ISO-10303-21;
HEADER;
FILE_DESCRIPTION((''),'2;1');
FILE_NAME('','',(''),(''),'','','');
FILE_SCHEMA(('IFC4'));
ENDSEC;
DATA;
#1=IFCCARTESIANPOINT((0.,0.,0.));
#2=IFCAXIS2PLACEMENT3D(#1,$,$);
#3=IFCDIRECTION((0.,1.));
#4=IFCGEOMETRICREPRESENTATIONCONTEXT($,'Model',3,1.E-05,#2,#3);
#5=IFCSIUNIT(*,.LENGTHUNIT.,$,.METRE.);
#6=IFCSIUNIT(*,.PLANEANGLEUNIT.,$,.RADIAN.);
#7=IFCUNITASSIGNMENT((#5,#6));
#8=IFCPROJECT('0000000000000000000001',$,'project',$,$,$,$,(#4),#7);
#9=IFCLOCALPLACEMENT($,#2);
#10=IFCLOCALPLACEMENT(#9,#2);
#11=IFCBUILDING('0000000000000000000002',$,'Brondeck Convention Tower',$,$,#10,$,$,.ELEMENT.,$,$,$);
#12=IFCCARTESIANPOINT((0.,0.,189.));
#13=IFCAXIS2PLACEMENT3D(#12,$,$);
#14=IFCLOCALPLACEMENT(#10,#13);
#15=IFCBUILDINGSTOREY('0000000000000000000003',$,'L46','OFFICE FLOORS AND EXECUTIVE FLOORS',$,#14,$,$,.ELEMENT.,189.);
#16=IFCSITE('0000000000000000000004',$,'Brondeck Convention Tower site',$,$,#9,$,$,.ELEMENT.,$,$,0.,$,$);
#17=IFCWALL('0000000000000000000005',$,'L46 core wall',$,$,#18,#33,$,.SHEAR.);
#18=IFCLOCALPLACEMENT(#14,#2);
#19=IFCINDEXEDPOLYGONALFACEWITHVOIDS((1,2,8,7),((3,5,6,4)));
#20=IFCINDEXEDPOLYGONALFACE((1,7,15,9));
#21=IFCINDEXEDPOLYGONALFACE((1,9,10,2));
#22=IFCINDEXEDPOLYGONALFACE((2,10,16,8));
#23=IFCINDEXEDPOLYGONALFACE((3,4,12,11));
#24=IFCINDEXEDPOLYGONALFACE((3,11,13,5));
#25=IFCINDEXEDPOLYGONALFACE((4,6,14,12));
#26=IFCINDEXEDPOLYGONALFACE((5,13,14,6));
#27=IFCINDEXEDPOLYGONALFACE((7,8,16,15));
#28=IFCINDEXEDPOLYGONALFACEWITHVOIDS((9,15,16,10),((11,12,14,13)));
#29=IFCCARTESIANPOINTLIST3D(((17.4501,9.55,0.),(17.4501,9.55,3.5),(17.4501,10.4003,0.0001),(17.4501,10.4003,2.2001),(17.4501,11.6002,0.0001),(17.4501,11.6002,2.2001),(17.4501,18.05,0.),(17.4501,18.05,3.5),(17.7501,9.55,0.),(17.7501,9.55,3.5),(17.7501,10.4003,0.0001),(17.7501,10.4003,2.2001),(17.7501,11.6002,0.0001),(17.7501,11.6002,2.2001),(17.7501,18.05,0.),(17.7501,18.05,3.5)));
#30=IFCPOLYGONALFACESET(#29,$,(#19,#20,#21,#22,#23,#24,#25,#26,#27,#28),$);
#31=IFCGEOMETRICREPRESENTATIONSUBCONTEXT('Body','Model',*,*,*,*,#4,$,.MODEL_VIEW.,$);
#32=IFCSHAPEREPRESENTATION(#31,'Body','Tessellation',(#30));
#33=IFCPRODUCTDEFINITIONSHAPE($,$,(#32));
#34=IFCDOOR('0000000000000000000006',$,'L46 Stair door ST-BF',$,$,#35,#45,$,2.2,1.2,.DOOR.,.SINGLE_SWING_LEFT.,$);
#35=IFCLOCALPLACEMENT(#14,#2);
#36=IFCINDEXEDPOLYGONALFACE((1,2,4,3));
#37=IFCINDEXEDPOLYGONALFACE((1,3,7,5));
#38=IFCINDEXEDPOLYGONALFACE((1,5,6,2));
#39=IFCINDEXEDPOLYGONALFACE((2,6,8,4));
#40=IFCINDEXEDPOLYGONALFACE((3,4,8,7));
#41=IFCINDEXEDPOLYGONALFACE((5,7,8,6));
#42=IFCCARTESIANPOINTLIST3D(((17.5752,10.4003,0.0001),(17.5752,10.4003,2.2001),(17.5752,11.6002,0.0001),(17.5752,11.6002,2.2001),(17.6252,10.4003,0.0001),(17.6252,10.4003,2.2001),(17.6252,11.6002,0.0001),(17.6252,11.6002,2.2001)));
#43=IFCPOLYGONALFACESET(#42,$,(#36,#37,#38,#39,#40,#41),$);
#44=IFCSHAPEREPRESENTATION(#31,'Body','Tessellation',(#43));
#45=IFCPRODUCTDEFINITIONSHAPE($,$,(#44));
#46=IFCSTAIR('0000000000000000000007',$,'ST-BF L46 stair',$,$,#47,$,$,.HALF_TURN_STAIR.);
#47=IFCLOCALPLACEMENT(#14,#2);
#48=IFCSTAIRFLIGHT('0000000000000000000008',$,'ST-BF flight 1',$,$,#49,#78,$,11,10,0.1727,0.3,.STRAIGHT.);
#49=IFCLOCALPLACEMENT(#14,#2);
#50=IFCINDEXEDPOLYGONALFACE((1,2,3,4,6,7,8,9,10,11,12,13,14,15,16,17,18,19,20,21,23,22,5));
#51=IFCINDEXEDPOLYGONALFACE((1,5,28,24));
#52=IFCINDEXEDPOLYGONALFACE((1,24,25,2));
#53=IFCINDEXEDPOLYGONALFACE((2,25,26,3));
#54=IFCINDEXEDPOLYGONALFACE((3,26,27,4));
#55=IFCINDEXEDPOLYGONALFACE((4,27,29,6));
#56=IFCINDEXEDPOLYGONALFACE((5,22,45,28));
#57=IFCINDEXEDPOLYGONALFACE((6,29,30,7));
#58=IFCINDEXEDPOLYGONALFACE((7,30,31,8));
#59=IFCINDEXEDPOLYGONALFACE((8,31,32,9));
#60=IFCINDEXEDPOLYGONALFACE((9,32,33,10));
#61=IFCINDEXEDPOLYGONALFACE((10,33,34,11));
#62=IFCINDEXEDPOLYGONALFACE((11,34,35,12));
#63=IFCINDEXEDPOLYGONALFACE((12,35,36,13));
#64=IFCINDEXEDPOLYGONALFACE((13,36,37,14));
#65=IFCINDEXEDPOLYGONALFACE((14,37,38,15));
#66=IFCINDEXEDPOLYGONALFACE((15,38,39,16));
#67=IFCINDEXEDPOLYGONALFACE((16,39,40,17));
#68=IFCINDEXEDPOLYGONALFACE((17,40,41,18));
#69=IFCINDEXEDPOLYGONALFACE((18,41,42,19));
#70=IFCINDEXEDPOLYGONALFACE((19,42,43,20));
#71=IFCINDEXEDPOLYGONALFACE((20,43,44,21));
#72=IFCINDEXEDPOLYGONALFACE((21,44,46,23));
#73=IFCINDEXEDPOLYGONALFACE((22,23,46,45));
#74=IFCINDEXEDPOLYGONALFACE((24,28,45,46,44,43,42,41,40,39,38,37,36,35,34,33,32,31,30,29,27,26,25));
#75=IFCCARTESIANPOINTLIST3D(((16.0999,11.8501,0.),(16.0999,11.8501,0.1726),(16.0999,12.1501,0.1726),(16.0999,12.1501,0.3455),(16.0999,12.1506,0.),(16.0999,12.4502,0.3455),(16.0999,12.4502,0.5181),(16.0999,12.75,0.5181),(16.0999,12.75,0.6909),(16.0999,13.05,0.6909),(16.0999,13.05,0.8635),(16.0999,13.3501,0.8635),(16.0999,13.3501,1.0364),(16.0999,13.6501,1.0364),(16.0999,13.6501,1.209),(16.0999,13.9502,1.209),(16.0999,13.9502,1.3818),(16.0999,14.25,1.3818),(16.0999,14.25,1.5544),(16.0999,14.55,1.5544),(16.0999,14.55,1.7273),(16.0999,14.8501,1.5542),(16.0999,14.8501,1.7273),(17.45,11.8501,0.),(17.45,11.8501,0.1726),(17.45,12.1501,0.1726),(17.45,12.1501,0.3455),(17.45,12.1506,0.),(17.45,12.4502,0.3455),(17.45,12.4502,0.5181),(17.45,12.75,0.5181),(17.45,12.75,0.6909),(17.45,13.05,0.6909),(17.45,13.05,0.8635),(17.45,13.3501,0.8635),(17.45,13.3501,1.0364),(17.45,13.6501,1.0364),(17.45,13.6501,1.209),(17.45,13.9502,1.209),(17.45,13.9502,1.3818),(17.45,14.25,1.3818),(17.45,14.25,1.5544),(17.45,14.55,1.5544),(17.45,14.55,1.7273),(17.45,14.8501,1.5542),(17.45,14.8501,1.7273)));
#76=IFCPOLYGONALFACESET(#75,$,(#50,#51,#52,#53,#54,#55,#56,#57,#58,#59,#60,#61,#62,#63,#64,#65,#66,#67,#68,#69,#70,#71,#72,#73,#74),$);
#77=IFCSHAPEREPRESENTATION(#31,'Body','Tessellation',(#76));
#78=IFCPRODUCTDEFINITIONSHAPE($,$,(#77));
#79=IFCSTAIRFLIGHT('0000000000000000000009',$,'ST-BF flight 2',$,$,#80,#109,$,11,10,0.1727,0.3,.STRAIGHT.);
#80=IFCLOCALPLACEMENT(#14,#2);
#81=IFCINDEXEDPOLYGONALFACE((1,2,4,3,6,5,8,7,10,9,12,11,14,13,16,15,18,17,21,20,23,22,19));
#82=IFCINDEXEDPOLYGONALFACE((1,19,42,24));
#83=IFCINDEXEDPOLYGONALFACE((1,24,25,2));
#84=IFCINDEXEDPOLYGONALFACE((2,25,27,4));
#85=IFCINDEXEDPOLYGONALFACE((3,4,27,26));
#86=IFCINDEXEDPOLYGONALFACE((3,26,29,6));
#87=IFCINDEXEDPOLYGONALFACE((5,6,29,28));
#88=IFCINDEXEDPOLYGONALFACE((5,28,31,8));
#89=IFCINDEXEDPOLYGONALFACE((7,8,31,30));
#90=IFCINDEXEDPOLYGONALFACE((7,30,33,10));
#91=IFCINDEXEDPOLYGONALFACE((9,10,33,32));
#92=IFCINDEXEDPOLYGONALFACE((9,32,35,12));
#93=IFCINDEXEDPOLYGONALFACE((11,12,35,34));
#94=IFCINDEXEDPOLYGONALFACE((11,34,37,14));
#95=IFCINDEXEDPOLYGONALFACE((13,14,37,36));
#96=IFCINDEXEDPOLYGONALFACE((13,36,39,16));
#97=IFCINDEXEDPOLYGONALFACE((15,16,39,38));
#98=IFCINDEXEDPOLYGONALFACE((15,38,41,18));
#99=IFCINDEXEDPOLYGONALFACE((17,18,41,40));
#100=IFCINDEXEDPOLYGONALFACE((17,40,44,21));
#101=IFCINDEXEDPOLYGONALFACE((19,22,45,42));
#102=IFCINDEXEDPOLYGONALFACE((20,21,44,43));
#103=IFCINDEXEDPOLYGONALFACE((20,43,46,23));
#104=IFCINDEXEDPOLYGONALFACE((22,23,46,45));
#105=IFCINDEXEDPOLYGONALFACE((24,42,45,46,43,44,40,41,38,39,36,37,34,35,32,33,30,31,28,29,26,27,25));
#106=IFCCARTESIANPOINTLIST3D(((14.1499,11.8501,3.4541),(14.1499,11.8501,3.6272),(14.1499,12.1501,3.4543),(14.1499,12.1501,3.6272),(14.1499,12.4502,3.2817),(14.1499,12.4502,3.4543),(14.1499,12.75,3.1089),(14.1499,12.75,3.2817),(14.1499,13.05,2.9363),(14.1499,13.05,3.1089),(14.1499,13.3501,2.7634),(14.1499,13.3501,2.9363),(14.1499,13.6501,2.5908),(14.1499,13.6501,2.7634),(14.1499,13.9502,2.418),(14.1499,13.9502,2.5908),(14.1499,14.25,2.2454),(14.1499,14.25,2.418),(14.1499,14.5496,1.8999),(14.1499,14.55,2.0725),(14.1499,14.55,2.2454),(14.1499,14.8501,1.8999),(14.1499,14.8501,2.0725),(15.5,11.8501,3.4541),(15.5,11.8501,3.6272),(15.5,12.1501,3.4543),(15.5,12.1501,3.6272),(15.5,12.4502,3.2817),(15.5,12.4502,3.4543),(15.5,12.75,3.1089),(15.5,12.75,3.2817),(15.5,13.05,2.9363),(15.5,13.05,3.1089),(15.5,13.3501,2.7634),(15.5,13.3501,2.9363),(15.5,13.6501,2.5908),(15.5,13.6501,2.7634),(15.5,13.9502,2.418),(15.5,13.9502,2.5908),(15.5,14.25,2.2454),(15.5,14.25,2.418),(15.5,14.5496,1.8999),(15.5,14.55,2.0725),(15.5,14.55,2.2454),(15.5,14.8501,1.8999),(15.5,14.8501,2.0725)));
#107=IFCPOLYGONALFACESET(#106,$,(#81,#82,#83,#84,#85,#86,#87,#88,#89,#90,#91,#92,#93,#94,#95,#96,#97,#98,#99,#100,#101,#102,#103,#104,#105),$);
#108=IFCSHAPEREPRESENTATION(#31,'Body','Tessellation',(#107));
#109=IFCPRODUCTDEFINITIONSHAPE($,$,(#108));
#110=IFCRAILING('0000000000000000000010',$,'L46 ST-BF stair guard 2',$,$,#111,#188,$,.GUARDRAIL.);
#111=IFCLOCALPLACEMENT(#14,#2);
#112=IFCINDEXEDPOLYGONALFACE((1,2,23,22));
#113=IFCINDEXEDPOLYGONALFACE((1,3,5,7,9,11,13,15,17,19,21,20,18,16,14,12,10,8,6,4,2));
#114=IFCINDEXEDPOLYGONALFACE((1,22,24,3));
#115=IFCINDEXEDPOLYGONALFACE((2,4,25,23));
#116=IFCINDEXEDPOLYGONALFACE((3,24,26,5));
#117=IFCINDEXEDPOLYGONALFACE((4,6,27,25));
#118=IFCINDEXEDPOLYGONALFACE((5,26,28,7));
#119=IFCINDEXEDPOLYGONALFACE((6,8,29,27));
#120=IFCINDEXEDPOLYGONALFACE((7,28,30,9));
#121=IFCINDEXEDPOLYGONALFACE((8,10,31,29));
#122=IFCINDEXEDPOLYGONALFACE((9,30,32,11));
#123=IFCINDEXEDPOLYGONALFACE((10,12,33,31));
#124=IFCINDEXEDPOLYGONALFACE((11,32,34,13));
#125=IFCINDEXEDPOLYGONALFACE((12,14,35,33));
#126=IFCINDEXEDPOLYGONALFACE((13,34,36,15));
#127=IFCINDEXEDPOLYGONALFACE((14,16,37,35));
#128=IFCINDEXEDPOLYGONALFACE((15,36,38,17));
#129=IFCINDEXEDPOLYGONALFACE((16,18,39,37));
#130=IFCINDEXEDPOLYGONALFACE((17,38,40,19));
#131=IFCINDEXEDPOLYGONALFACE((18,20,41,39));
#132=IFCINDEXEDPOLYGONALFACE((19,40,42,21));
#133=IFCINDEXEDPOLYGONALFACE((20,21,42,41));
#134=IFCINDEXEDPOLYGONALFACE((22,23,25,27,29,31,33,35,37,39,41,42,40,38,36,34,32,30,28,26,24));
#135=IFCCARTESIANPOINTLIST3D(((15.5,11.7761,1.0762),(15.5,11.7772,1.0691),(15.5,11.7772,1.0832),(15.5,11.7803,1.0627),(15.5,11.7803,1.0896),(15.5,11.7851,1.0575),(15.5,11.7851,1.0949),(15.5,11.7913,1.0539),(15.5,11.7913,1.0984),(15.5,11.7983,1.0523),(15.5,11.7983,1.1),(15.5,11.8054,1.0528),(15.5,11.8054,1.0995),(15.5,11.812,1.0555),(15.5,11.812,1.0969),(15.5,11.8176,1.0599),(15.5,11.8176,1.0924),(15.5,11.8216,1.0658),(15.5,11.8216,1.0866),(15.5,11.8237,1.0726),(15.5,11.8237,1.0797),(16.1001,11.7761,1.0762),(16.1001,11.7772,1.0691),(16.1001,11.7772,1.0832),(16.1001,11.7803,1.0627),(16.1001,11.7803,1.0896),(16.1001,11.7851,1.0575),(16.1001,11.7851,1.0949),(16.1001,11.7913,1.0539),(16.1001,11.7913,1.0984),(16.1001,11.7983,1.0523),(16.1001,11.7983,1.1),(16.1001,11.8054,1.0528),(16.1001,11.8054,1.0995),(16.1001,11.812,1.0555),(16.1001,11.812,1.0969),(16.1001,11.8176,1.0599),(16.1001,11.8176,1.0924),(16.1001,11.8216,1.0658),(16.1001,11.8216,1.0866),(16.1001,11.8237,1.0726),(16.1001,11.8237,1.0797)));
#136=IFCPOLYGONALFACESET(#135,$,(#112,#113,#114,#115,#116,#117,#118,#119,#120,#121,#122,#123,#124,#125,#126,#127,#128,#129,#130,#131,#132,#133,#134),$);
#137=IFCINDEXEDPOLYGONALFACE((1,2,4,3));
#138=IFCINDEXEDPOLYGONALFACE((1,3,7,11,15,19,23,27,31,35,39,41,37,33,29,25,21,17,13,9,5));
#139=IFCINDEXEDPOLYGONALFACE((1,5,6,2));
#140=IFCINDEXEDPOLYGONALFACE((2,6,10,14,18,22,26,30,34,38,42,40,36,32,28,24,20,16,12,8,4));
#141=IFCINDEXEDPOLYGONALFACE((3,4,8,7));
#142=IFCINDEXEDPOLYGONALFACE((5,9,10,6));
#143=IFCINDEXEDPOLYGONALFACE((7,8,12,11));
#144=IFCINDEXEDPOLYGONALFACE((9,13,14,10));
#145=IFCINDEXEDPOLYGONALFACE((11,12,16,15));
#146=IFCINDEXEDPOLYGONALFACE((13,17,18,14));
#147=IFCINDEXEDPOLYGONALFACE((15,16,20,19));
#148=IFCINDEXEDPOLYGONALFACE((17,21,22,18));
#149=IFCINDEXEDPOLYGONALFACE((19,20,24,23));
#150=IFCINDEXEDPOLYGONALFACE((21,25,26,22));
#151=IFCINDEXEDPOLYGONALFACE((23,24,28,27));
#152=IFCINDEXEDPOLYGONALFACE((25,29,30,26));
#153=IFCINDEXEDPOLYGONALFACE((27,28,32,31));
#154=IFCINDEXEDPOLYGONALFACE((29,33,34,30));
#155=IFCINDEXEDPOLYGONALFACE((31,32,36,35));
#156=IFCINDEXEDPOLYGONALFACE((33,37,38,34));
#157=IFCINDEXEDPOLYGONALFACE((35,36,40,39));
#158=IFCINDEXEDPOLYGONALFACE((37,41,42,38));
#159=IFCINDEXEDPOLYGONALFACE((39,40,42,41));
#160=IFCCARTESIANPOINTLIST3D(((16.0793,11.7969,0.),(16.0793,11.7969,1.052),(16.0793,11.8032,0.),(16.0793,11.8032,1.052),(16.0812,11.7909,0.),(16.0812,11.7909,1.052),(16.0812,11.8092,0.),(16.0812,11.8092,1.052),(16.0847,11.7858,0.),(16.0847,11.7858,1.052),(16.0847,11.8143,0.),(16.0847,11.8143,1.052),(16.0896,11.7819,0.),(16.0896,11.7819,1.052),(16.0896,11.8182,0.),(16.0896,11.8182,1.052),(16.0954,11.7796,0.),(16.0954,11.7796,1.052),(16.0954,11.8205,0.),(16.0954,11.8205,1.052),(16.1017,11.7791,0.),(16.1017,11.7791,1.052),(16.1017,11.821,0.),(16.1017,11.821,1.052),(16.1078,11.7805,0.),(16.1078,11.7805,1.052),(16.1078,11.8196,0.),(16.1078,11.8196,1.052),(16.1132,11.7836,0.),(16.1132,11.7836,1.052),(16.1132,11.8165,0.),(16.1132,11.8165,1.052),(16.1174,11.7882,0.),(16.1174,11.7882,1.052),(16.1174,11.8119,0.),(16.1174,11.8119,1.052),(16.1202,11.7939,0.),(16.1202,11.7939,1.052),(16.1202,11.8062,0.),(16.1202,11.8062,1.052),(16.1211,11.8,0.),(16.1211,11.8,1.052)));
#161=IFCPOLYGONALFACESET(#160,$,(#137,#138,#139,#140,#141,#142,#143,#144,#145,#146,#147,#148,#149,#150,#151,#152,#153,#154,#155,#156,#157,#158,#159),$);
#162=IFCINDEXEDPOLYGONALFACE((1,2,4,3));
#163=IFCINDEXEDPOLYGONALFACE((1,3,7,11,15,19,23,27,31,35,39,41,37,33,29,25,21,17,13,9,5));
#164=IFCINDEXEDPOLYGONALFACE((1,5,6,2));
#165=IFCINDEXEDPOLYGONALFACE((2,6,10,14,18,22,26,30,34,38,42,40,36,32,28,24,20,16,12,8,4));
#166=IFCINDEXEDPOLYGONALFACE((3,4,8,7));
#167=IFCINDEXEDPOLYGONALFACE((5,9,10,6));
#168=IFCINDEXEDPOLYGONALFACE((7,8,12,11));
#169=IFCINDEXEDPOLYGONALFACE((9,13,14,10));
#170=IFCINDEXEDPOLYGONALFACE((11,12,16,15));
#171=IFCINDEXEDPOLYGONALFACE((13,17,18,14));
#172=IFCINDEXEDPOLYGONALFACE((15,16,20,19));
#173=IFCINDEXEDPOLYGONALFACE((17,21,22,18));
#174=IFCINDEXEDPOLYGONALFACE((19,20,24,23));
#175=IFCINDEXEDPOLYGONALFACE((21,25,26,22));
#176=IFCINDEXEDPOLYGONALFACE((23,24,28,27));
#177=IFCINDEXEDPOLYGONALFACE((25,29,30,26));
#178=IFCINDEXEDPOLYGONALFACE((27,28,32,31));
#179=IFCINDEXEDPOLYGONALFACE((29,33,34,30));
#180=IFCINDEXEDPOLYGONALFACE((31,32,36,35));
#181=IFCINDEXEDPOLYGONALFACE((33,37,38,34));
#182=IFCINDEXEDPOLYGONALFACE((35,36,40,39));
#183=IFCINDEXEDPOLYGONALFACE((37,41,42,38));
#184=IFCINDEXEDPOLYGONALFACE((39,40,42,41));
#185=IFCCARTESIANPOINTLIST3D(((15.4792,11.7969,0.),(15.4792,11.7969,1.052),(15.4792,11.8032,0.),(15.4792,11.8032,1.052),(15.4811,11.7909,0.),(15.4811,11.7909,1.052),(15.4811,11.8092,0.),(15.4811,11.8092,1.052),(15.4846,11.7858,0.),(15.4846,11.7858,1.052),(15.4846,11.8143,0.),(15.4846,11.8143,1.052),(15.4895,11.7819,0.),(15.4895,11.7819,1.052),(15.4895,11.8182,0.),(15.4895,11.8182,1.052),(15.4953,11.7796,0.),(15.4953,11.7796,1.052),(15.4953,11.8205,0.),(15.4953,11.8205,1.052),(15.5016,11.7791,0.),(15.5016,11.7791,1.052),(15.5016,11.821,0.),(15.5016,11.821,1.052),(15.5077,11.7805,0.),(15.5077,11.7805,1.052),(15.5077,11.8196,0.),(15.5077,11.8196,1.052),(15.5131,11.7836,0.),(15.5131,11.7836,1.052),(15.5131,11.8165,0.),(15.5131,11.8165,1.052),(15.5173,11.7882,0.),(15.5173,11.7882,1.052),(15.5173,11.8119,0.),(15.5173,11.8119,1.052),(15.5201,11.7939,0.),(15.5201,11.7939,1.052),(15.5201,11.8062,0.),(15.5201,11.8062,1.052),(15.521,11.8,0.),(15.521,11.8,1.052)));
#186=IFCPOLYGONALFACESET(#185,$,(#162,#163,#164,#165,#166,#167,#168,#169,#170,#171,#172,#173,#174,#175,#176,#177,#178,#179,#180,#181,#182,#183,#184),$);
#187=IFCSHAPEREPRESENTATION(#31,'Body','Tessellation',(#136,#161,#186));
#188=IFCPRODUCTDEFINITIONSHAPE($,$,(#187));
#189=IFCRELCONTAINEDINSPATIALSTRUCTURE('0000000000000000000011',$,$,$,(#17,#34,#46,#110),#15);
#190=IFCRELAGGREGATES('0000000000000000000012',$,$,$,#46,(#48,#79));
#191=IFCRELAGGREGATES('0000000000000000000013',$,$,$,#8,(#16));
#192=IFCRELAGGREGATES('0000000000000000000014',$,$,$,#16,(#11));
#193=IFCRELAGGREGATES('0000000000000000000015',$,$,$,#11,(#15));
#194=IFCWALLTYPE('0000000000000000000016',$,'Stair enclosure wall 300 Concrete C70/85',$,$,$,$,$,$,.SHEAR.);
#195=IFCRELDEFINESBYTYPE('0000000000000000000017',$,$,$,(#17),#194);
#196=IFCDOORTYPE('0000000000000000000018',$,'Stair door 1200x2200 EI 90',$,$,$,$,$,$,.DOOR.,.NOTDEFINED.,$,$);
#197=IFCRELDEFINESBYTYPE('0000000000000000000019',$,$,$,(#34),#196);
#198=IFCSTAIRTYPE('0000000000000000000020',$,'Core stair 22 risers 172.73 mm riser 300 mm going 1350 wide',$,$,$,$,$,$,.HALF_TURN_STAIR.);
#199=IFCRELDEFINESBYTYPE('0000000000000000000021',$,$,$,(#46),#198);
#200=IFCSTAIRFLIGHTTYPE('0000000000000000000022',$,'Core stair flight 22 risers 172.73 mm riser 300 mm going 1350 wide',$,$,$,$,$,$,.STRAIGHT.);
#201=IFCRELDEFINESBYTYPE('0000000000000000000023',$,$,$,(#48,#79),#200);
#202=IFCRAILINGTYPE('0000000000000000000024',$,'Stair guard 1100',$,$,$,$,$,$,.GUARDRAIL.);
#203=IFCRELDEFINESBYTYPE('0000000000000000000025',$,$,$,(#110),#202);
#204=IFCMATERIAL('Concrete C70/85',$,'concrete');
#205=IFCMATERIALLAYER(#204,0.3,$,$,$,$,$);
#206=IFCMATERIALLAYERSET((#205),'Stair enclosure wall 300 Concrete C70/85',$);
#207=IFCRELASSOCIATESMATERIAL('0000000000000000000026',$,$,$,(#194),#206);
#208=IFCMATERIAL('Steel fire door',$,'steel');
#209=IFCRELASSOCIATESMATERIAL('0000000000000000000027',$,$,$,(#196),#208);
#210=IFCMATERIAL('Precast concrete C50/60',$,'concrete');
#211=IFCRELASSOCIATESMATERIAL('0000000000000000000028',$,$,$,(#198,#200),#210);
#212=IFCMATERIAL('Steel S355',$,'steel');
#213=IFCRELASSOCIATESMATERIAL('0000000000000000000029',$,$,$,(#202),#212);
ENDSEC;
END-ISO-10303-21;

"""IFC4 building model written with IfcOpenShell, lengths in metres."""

from ifc_helpers import new_model, si_unit, direction, frame, frame_2d, origin, origin_2d, place, context, subcontext, project, spatial, polyline, rectangle, circle, outline, extrude, material, layer, layer_set, type_object, element, fill, aggregate, save


model = new_model("IFC4")

# Units and contexts
model_context = context("Model", 3, precision=1e-05, world=origin(), true_north=direction((0.0, 1.0)))
body_context = subcontext(model_context, "Body", "Model", "MODEL_VIEW")
ifc_project = project(units=[si_unit("LENGTHUNIT", "METRE"), si_unit("PLANEANGLEUNIT", "RADIAN")], contexts=[model_context])

# Site, building, storey
site_placement = place(None, origin())
site = spatial("IfcSite", under=ifc_project, at=site_placement, Name="Brondeck Convention Tower site", CompositionType="ELEMENT", RefElevation=0.0)
building_placement = place(site_placement, origin())
building = spatial("IfcBuilding", under=site, at=building_placement, Name="Brondeck Convention Tower", CompositionType="ELEMENT")
storey_placement = place(building_placement, frame((0.0, 0.0, 189.0)))
storey = spatial("IfcBuildingStorey", under=building, at=storey_placement, Name="L46", Description="OFFICE FLOORS AND EXECUTIVE FLOORS", CompositionType="ELEMENT", Elevation=189.0)

# Shared definitions
ifc_material_1 = material(Name="Concrete C70/85", Category="concrete")

# Shared definitions
ifc_material_2 = material(Name="Steel S355", Category="steel")

# Shared definitions
ifc_layer_1 = layer(ifc_material_1, 0.3)
ifc_layer_set_1 = layer_set([ifc_layer_1], Name="Stair enclosure wall 300 Concrete C70/85")
wall_type_1 = type_object("IfcWallType", Name="Stair enclosure wall 300 Concrete C70/85", PredefinedType="SHEAR", material=ifc_layer_set_1)

# Wall, opening, door
wall_1_placement = place(storey_placement, frame((17.6001, 9.55, 0.0), z_axis=(0.0, 0.0, 1.0), x_axis=(0.0, 1.0, 0.0)))
wall_1 = element("IfcWall", 1, at=wall_1_placement, inside=storey, type_object=wall_type_1, Name="L46 core wall", PredefinedType="SHEAR", context=body_context, shape_type="SweptSolid", body=[
    extrude(rectangle(XDim=8.5, YDim=0.3, at=frame_2d((4.25, 0.0))), origin(), (0.0, 0.0, 1.0), 3.5),
])
opening_1_placement = place(wall_1_placement, frame((0.8501, 0.0, 0.0)))
opening_1 = element("IfcOpeningElement", 2, at=opening_1_placement, cuts=wall_1, PredefinedType="OPENING", context=body_context, shape_type="SweptSolid", body=[
    extrude(rectangle(XDim=1.2, YDim=2.2, at=frame_2d((0.6001, 1.1001))), frame((0.0, 0.1599, 0.0), z_axis=(0.0, -1.0, 0.0), x_axis=(1.0, 0.0, 0.0)), (0.0, 0.0, 1.0), 0.3201),
])
ifc_material_3 = material(Name="Steel fire door", Category="steel")
door_type_1 = type_object("IfcDoorType", Name="Stair door 1200x2200 EI 90", OperationType="NOTDEFINED", PredefinedType="DOOR", material=ifc_material_3)
door_1_placement = place(opening_1_placement, origin())
door_1 = element("IfcDoor", 3, at=door_1_placement, inside=storey, type_object=door_type_1, Name="L46 Stair door ST-BF", OperationType="SINGLE_SWING_LEFT", OverallHeight=2.2, OverallWidth=1.2, PredefinedType="DOOR", context=body_context, shape_type="SweptSolid", body=[
    extrude(rectangle(XDim=1.2, YDim=2.2, at=frame_2d((0.6001, 1.1001))), frame((0.0, 0.0249, 0.0), z_axis=(0.0, -1.0, 0.0), x_axis=(1.0, 0.0, 0.0)), (0.0, 0.0, 1.0), 0.05),
])
fill(opening_1, door_1)

# Stair, stair flights
ifc_material_4 = material(Name="Precast concrete C50/60", Category="concrete")
stair_type = type_object("IfcStairType", Name="Core stair 22 risers 172.73 mm riser 300 mm going 1350 wide", PredefinedType="HALF_TURN_STAIR", material=ifc_material_4)
stair_placement = place(storey_placement, origin())
stair = element("IfcStair", 4, at=stair_placement, inside=storey, type_object=stair_type, Name="ST-BF L46 stair", PredefinedType="HALF_TURN_STAIR")
stair_flight_type = type_object("IfcStairFlightType", Name="Core stair flight 22 risers 172.73 mm riser 300 mm going 1350 wide", PredefinedType="STRAIGHT", material=ifc_material_4)
stair_flight_1_placement = place(storey_placement, frame((16.7749, 11.8501, 0.0), z_axis=(0.0, 0.0, 1.0), x_axis=(0.0, 1.0, 0.0)))
stair_flight_1 = element("IfcStairFlight", 5, at=stair_flight_1_placement, type_object=stair_flight_type, Name="ST-BF flight 1", NumberOfRisers=11, NumberOfTreads=10, PredefinedType="STRAIGHT", RiserHeight=0.1727, TreadLength=0.3, context=body_context, shape_type="SweptSolid", body=[
    extrude(outline(polyline([(0.0, 0.0), (0.0, 0.1726), (0.3, 0.1726), (0.3, 0.3455), (0.6001, 0.3455), (0.6001, 0.5181), (0.8999, 0.5181), (0.8999, 0.6909), (1.2, 0.6909), (1.2, 0.8635), (1.5, 0.8635), (1.5, 1.0364), (1.8, 1.0364), (1.8, 1.209), (2.1001, 1.209), (2.1001, 1.3818), (2.3999, 1.3818), (2.3999, 1.5544), (2.7, 1.5544), (2.7, 1.7273), (3.0, 1.7273), (3.0, 1.8999), (3.0, 1.5542), (0.3005, 0.0), (0.0, 0.0)])), frame((0.0, 0.675, 0.0), z_axis=(0.0, -1.0, 0.0), x_axis=(1.0, 0.0, 0.0)), (0.0, 0.0, 1.0), 1.3501),
])
stair_flight_2_placement = place(storey_placement, frame((14.825, 14.8501, 1.8999), z_axis=(0.0, 0.0, 1.0), x_axis=(0.0, -1.0, 0.0)))
stair_flight_2 = element("IfcStairFlight", 6, at=stair_flight_2_placement, type_object=stair_flight_type, Name="ST-BF flight 2", NumberOfRisers=11, NumberOfTreads=10, PredefinedType="STRAIGHT", RiserHeight=0.1727, TreadLength=0.3, context=body_context, shape_type="SweptSolid", body=[
    extrude(outline(polyline([(0.0, 0.0), (0.0, 0.1726), (0.3, 0.1726), (0.3, 0.3455), (0.6001, 0.3455), (0.6001, 0.5181), (0.8999, 0.5181), (0.8999, 0.6909), (1.2, 0.6909), (1.2, 0.8635), (1.5, 0.8635), (1.5, 1.0364), (1.8, 1.0364), (1.8, 1.209), (2.1001, 1.209), (2.1001, 1.3818), (2.3999, 1.3818), (2.3999, 1.5544), (2.7, 1.5544), (2.7, 1.7273), (3.0, 1.7273), (3.0, 1.8999), (3.0, 1.5542), (0.3005, 0.0), (0.0, 0.0)])), frame((0.0, 0.675, 0.0), z_axis=(0.0, -1.0, 0.0), x_axis=(1.0, 0.0, 0.0)), (0.0, 0.0, 1.0), 1.3501),
])
aggregate(stair, [stair_flight_1, stair_flight_2])

# Railing
railing_type_1 = type_object("IfcRailingType", Name="Stair guard 1100", PredefinedType="GUARDRAIL", material=ifc_material_2)
railing_1_placement = place(storey_placement, frame((16.1001, 11.8, 0.0)))
element("IfcRailing", 7, at=railing_1_placement, inside=storey, type_object=railing_type_1, Name="L46 ST-BF stair guard 2", PredefinedType="GUARDRAIL", context=body_context, shape_type="SweptSolid", body=[
    extrude(circle(Radius=0.0239, at=origin_2d()), frame((0.0, 0.0, 1.0762), z_axis=(-1.0, 0.0, 0.0), x_axis=(0.0, -1.0, 0.0)), (0.0, 0.0, 1.0), 0.6001),
    extrude(circle(Radius=0.021, at=origin_2d()), origin(), (0.0, 0.0, 1.0), 1.052),
    extrude(circle(Radius=0.021, at=origin_2d()), frame((-0.6001, 0.0, 0.0)), (0.0, 0.0, 1.0), 1.052),
])

save(model, "model.ifc")
